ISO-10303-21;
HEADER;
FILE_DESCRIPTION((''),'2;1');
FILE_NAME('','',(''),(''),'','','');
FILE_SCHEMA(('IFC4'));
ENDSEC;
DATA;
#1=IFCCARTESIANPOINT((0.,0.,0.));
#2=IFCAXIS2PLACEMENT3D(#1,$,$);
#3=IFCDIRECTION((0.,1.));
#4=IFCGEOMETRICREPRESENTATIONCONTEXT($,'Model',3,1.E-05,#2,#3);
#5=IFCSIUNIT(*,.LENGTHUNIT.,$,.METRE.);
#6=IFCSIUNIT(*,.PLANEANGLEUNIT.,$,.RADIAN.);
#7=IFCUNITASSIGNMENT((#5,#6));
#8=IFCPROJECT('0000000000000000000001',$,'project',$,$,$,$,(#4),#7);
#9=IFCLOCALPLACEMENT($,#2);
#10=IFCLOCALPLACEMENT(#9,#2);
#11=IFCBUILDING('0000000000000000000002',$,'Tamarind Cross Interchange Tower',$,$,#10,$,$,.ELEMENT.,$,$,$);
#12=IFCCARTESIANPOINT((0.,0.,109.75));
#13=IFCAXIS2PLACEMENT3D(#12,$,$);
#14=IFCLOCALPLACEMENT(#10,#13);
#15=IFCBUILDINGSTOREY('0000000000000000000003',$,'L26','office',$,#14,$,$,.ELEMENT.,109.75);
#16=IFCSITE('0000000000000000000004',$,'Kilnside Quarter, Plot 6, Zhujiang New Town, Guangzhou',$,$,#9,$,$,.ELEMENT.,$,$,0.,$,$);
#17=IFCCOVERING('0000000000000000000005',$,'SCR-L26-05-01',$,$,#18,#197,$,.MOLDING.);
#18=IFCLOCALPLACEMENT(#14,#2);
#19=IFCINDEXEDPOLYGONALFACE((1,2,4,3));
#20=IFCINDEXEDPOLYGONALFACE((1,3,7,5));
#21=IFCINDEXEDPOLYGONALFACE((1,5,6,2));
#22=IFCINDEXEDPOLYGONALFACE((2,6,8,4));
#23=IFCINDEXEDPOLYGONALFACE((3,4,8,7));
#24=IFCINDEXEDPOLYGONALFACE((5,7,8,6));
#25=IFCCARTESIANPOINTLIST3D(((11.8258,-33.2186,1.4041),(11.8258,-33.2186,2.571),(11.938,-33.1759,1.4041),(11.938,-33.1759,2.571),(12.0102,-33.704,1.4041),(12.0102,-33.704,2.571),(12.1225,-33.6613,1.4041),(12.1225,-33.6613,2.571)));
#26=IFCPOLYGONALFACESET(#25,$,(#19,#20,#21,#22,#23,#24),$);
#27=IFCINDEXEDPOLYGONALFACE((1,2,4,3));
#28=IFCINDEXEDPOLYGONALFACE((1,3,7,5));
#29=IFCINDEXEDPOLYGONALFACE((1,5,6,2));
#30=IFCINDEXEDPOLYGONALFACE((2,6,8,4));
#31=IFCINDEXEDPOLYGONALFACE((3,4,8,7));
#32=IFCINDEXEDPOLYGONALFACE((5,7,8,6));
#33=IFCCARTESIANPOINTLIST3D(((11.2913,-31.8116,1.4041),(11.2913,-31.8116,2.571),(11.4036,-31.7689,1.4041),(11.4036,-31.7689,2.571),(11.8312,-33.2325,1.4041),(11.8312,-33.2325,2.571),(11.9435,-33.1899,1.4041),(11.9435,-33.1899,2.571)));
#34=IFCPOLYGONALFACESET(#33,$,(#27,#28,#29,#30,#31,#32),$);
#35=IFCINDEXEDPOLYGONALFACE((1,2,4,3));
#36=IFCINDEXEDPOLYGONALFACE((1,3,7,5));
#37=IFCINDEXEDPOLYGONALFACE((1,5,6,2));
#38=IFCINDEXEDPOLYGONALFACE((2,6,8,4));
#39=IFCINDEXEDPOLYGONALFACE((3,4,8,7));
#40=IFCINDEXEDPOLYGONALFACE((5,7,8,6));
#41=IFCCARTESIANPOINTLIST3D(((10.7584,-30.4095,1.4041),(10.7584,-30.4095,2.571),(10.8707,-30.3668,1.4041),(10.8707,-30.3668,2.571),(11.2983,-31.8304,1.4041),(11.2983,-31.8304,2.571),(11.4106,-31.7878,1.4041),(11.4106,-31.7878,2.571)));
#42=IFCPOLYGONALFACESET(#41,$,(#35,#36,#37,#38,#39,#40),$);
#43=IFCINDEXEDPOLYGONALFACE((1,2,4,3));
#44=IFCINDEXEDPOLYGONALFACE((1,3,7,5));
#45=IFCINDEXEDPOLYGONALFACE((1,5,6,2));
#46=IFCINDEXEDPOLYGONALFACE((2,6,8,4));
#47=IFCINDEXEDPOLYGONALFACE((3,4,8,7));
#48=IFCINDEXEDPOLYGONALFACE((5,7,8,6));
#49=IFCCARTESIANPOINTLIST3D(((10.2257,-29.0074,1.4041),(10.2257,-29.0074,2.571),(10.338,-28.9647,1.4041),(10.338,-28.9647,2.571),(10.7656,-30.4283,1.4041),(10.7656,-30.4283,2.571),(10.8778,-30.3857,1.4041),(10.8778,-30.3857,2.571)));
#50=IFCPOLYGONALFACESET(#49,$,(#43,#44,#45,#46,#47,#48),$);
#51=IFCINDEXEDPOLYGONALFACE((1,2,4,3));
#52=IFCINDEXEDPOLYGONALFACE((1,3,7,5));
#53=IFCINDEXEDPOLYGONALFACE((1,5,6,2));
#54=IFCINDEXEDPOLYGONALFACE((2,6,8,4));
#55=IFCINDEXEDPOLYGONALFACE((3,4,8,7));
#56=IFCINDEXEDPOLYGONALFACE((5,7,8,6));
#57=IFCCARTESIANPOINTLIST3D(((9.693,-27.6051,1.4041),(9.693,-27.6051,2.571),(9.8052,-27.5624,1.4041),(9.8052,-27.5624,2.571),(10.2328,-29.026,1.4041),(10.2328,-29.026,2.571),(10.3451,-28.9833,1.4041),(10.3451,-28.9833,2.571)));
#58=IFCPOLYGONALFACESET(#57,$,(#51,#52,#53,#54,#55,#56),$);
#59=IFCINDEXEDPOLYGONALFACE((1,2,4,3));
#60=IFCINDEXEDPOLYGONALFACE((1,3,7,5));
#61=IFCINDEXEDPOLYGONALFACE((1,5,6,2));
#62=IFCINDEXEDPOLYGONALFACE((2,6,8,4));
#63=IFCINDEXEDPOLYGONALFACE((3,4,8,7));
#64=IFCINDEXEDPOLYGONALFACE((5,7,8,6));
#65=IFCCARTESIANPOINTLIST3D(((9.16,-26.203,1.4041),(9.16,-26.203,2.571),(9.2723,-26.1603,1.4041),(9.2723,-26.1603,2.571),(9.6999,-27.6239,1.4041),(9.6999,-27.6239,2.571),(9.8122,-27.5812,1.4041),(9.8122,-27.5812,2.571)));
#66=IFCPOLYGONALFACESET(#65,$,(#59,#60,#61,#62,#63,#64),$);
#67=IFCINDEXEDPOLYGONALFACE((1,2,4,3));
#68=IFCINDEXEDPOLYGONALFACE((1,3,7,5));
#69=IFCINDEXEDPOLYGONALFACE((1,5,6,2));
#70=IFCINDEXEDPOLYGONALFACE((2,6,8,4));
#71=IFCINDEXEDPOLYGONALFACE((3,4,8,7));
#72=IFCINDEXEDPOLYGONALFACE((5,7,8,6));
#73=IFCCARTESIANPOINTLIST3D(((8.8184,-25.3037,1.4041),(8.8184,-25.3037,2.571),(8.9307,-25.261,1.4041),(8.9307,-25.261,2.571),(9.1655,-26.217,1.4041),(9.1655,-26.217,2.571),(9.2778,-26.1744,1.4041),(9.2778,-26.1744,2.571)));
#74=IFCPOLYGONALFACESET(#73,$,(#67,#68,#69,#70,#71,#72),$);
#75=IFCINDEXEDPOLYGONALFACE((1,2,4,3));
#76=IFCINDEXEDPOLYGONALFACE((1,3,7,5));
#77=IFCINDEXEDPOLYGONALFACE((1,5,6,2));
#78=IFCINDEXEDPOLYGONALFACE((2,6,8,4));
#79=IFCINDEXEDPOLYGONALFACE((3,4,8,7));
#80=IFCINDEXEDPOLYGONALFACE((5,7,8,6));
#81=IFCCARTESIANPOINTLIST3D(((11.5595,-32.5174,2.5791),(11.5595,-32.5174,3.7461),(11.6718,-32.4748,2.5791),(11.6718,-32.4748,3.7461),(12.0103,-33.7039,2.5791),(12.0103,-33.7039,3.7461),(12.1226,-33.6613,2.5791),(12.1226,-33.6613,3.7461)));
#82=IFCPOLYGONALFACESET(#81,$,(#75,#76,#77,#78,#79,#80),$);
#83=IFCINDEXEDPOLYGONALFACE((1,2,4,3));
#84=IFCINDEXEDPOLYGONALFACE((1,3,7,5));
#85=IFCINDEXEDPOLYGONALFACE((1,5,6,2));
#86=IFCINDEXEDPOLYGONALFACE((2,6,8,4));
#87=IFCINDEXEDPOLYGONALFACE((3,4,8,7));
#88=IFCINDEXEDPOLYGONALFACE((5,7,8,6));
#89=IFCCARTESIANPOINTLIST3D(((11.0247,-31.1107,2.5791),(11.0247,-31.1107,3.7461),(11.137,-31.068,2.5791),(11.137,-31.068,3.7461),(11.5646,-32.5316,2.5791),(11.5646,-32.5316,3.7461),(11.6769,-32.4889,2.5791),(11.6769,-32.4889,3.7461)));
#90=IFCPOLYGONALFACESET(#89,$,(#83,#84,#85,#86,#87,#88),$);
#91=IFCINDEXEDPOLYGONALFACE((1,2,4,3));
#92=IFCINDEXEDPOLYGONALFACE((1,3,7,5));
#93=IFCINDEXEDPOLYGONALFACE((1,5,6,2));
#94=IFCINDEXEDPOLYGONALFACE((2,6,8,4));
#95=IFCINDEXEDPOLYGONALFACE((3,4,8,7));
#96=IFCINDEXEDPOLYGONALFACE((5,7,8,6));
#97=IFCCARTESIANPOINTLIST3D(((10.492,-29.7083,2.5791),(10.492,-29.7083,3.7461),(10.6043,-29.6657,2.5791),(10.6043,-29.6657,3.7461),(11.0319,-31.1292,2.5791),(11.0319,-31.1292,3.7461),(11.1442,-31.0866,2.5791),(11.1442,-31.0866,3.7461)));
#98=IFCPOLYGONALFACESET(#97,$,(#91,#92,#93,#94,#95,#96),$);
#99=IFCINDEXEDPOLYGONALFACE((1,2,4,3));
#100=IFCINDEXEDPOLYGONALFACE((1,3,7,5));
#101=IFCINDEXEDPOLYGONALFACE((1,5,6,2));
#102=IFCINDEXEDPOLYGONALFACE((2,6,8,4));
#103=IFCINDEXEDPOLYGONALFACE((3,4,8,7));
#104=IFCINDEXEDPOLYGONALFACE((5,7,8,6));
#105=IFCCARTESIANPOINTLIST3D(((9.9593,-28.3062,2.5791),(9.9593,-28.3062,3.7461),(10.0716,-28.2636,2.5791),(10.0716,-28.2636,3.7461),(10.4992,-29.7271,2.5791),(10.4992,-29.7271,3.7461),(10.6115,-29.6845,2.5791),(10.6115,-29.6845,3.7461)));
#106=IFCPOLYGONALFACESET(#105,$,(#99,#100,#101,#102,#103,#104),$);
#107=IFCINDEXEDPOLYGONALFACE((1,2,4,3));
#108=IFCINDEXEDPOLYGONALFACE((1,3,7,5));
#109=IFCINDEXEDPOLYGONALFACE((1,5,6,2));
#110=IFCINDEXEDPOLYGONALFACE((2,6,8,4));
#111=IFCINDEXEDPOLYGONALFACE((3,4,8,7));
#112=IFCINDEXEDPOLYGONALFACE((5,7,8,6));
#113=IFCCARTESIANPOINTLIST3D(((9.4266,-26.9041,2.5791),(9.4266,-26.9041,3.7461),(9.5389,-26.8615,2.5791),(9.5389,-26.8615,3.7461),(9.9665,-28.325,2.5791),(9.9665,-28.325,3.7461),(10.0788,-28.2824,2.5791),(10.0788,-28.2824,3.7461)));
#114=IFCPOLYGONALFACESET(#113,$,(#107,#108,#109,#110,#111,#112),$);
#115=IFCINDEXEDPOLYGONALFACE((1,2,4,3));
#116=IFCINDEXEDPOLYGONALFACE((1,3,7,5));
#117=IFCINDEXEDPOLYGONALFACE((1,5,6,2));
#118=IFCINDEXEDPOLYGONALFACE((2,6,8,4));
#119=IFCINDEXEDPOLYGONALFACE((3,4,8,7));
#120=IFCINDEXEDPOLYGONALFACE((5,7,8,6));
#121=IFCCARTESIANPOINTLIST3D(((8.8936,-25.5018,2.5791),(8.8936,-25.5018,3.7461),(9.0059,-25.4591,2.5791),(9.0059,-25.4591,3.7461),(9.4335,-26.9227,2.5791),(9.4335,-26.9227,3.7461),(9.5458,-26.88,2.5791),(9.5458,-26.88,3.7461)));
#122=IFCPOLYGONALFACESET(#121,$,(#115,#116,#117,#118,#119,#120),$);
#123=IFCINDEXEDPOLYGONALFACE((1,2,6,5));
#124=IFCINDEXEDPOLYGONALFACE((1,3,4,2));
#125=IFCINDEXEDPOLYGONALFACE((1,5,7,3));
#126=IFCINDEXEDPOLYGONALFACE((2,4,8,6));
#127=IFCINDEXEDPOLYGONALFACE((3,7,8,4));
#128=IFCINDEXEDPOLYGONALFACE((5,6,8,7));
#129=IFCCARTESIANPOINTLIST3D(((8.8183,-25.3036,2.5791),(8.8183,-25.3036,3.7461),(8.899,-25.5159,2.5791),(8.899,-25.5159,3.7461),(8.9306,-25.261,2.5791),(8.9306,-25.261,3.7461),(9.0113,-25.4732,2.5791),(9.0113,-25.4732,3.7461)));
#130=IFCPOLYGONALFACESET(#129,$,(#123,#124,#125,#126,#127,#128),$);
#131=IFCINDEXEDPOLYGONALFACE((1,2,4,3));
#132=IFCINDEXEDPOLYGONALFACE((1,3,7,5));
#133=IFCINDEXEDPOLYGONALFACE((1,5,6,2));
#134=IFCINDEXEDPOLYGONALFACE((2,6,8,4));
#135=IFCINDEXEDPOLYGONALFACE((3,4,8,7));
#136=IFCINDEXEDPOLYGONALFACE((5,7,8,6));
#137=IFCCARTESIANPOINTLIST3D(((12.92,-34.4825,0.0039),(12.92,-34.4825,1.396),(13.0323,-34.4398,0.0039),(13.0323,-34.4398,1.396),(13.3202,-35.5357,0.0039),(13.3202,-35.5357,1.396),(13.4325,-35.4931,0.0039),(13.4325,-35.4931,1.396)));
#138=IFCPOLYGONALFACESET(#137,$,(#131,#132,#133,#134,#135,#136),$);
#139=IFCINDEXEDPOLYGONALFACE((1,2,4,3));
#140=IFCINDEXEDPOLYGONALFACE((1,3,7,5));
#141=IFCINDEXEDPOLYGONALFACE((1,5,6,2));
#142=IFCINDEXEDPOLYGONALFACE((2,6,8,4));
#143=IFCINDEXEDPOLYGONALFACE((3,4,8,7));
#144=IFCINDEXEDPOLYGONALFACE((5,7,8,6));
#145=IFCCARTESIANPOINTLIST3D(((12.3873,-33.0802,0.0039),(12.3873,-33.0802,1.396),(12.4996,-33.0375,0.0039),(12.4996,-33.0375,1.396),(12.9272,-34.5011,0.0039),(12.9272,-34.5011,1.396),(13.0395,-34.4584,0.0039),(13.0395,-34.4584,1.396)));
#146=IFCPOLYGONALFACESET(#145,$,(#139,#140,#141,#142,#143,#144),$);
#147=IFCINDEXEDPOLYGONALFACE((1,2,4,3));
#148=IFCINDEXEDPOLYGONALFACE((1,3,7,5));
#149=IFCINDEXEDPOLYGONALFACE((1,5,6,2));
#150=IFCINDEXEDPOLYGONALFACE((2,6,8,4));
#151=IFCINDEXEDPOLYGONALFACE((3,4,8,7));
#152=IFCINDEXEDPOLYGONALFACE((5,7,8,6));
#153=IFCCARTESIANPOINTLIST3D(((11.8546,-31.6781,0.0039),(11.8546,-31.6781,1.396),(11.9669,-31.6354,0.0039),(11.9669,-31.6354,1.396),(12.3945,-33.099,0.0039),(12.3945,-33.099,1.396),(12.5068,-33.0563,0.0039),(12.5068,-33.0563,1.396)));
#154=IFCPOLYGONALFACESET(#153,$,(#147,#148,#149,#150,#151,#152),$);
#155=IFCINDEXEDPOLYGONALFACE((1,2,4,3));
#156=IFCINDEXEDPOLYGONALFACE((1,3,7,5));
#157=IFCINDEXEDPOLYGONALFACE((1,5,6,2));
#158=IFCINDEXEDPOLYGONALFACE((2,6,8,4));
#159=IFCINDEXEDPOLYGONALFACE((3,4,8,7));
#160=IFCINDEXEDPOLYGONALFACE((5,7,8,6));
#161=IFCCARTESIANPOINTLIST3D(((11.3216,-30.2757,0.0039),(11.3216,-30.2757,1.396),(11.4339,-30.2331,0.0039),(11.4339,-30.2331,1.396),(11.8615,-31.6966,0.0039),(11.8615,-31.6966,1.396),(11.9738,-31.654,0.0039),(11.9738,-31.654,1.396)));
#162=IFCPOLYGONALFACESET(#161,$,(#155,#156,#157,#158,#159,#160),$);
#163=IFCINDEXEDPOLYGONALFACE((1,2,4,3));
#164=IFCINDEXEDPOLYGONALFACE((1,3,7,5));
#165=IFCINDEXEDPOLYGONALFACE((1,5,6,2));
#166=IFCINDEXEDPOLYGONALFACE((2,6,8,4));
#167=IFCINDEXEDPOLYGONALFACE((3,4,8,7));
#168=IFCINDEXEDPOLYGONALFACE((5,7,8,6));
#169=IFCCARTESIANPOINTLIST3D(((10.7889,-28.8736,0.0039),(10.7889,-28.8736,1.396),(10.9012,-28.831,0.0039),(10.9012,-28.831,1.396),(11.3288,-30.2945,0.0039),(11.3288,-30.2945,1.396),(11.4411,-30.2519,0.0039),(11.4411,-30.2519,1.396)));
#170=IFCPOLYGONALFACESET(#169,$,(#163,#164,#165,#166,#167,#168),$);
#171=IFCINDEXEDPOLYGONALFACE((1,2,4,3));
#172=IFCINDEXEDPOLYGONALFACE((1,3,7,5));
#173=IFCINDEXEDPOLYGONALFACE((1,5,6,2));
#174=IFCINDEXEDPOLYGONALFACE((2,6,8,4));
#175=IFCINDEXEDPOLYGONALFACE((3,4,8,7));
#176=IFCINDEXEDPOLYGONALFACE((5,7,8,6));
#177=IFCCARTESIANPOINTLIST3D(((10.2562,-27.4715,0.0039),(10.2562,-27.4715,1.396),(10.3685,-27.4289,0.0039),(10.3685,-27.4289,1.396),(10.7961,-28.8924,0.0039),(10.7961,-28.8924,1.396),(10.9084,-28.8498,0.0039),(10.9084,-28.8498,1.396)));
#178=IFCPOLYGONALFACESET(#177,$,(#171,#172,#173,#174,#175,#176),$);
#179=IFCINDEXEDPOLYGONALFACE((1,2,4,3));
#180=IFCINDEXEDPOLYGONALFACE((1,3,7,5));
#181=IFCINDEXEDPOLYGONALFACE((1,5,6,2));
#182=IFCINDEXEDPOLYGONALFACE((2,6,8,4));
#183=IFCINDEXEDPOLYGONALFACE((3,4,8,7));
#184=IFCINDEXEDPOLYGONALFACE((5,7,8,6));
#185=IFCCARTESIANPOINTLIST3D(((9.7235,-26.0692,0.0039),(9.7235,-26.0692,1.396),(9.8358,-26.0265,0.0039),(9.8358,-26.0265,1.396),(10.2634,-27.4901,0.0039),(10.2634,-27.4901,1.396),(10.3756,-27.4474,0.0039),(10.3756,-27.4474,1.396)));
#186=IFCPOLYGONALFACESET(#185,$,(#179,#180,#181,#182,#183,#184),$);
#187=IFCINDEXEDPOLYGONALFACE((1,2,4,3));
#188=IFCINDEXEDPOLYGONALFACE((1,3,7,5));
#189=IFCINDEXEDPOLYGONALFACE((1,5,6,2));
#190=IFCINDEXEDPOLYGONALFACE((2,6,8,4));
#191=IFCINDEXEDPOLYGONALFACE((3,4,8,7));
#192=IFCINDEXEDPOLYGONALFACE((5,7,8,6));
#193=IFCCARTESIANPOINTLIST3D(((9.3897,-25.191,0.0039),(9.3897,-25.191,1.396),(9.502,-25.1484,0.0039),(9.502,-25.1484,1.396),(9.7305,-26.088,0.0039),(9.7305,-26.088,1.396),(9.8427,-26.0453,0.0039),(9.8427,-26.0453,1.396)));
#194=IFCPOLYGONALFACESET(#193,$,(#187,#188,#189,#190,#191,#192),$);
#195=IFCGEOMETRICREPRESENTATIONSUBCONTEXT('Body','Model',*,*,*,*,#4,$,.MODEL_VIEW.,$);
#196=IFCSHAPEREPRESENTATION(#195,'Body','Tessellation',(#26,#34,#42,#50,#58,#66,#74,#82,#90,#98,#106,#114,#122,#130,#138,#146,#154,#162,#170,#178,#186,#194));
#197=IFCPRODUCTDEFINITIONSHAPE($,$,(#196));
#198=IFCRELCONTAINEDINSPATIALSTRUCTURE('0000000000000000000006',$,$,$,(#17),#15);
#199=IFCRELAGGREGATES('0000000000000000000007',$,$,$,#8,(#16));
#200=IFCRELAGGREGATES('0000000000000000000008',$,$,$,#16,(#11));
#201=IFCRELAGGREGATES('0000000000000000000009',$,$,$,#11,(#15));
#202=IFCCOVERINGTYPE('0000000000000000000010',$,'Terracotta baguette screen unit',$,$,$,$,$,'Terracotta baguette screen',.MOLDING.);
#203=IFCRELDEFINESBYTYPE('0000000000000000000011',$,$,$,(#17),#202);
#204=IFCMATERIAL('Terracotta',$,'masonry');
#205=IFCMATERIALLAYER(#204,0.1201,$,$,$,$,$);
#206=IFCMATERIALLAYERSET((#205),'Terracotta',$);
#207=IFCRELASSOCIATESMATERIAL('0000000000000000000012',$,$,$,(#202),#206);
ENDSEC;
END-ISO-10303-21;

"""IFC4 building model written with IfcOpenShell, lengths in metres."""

from ifc_helpers import new_model, si_unit, direction, frame, origin, origin_2d, place, context, subcontext, project, spatial, rectangle, extrude, material, layer, layer_set, type_object, element, save


model = new_model("IFC4")

# Units and contexts
model_context = context("Model", 3, precision=1e-05, world=origin(), true_north=direction((0.0, 1.0)))
body_context = subcontext(model_context, "Body", "Model", "MODEL_VIEW")
ifc_project = project(units=[si_unit("LENGTHUNIT", "METRE"), si_unit("PLANEANGLEUNIT", "RADIAN")], contexts=[model_context])

# Site, building, storey
site_placement = place(None, origin())
site = spatial("IfcSite", under=ifc_project, at=site_placement, Name="Kilnside Quarter, Plot 6, Zhujiang New Town, Guangzhou", CompositionType="ELEMENT", RefElevation=0.0)
building_placement = place(site_placement, origin())
building = spatial("IfcBuilding", under=site, at=building_placement, Name="Tamarind Cross Interchange Tower", CompositionType="ELEMENT")
storey_placement = place(building_placement, frame((0.0, 0.0, 109.75)))
storey = spatial("IfcBuildingStorey", under=building, at=storey_placement, Name="L26", Description="office", CompositionType="ELEMENT", Elevation=109.75)

# Covering
ifc_material_1 = material(Name="Terracotta", Category="masonry")
ifc_layer_1 = layer(ifc_material_1, 0.1201)
ifc_layer_set_1 = layer_set([ifc_layer_1], Name="Terracotta")
covering_type = type_object("IfcCoveringType", Name="Terracotta baguette screen unit", ElementType="Terracotta baguette screen", PredefinedType="MOLDING", material=ifc_layer_set_1)
covering_1_placement = place(storey_placement, origin())
element("IfcCovering", 1, at=covering_1_placement, inside=storey, type_object=covering_type, Name="SCR-L26-05-01", PredefinedType="MOLDING", context=body_context, shape_type="SweptSolid", body=[
    extrude(rectangle(XDim=0.5193, YDim=0.1201, at=origin_2d()), frame((11.9741, -33.4399, 1.4041), z_axis=(0.0, 0.0, 1.0), x_axis=(-0.355186, 0.934796, 0.0)), (0.0, 0.0, 1.0), 1.167),
    extrude(rectangle(XDim=1.52, YDim=0.1201, at=origin_2d()), frame((11.6174, -32.5007, 1.4041), z_axis=(0.0, 0.0, 1.0), x_axis=(-0.355186, 0.934796, 0.0)), (0.0, 0.0, 1.0), 1.167),
    extrude(rectangle(XDim=1.52, YDim=0.1201, at=origin_2d()), frame((11.0845, -31.0986, 1.4041), z_axis=(0.0, 0.0, 1.0), x_axis=(-0.355186, 0.934796, 0.0)), (0.0, 0.0, 1.0), 1.167),
    extrude(rectangle(XDim=1.52, YDim=0.1201, at=origin_2d()), frame((10.5518, -29.6965, 1.4041), z_axis=(0.0, 0.0, 1.0), x_axis=(-0.355186, 0.934796, 0.0)), (0.0, 0.0, 1.0), 1.167),
    extrude(rectangle(XDim=1.52, YDim=0.1201, at=origin_2d()), frame((10.019, -28.2942, 1.4041), z_axis=(0.0, 0.0, 1.0), x_axis=(-0.355186, 0.934796, 0.0)), (0.0, 0.0, 1.0), 1.167),
    extrude(rectangle(XDim=1.52, YDim=0.1201, at=origin_2d()), frame((9.4861, -26.8921, 1.4041), z_axis=(0.0, 0.0, 1.0), x_axis=(-0.355186, 0.934796, 0.0)), (0.0, 0.0, 1.0), 1.167),
    extrude(rectangle(XDim=0.9771, YDim=0.1201, at=origin_2d()), frame((9.0481, -25.739, 1.4041), z_axis=(0.0, 0.0, 1.0), x_axis=(-0.355186, 0.934796, 0.0)), (0.0, 0.0, 1.0), 1.167),
    extrude(rectangle(XDim=1.2693, YDim=0.1201, at=origin_2d()), frame((11.8411, -33.0894, 2.5791), z_axis=(0.0, 0.0, 1.0), x_axis=(-0.355186, 0.934796, 0.0)), (0.0, 0.0, 1.0), 1.167),
    extrude(rectangle(XDim=1.52, YDim=0.1201, at=origin_2d()), frame((11.3508, -31.7998, 2.5791), z_axis=(0.0, 0.0, 1.0), x_axis=(-0.355186, 0.934796, 0.0)), (0.0, 0.0, 1.0), 1.167),
    extrude(rectangle(XDim=1.52, YDim=0.1201, at=origin_2d()), frame((10.8181, -30.3975, 2.5791), z_axis=(0.0, 0.0, 1.0), x_axis=(-0.355186, 0.934796, 0.0)), (0.0, 0.0, 1.0), 1.167),
    extrude(rectangle(XDim=1.52, YDim=0.1201, at=origin_2d()), frame((10.2854, -28.9954, 2.5791), z_axis=(0.0, 0.0, 1.0), x_axis=(-0.355186, 0.934796, 0.0)), (0.0, 0.0, 1.0), 1.167),
    extrude(rectangle(XDim=1.52, YDim=0.1201, at=origin_2d()), frame((9.7527, -27.5933, 2.5791), z_axis=(0.0, 0.0, 1.0), x_axis=(-0.355186, 0.934796, 0.0)), (0.0, 0.0, 1.0), 1.167),
    extrude(rectangle(XDim=1.52, YDim=0.1201, at=origin_2d()), frame((9.2197, -26.1909, 2.5791), z_axis=(0.0, 0.0, 1.0), x_axis=(-0.355186, 0.934796, 0.0)), (0.0, 0.0, 1.0), 1.167),
    extrude(rectangle(XDim=0.2271, YDim=0.1201, at=origin_2d()), frame((8.9148, -25.3884, 2.5791), z_axis=(0.0, 0.0, 1.0), x_axis=(-0.355186, 0.934796, 0.0)), (0.0, 0.0, 1.0), 1.167),
    extrude(rectangle(XDim=1.1267, YDim=0.1201, at=origin_2d()), frame((13.1763, -34.9878, 0.0039), z_axis=(0.0, 0.0, 1.0), x_axis=(-0.355186, 0.934796, 0.0)), (0.0, 0.0, 1.0), 1.3921),
    extrude(rectangle(XDim=1.52, YDim=0.1201, at=origin_2d()), frame((12.7134, -33.7693, 0.0039), z_axis=(0.0, 0.0, 1.0), x_axis=(-0.355186, 0.934796, 0.0)), (0.0, 0.0, 1.0), 1.3921),
    extrude(rectangle(XDim=1.52, YDim=0.1201, at=origin_2d()), frame((12.1807, -32.3672, 0.0039), z_axis=(0.0, 0.0, 1.0), x_axis=(-0.355186, 0.934796, 0.0)), (0.0, 0.0, 1.0), 1.3921),
    extrude(rectangle(XDim=1.52, YDim=0.1201, at=origin_2d()), frame((11.6477, -30.9648, 0.0039), z_axis=(0.0, 0.0, 1.0), x_axis=(-0.355186, 0.934796, 0.0)), (0.0, 0.0, 1.0), 1.3921),
    extrude(rectangle(XDim=1.52, YDim=0.1201, at=origin_2d()), frame((11.115, -29.5627, 0.0039), z_axis=(0.0, 0.0, 1.0), x_axis=(-0.355186, 0.934796, 0.0)), (0.0, 0.0, 1.0), 1.3921),
    extrude(rectangle(XDim=1.52, YDim=0.1201, at=origin_2d()), frame((10.5823, -28.1606, 0.0039), z_axis=(0.0, 0.0, 1.0), x_axis=(-0.355186, 0.934796, 0.0)), (0.0, 0.0, 1.0), 1.3921),
    extrude(rectangle(XDim=1.52, YDim=0.1201, at=origin_2d()), frame((10.0496, -26.7583, 0.0039), z_axis=(0.0, 0.0, 1.0), x_axis=(-0.355186, 0.934796, 0.0)), (0.0, 0.0, 1.0), 1.3921),
    extrude(rectangle(XDim=0.9595, YDim=0.1201, at=origin_2d()), frame((9.6162, -25.6182, 0.0039), z_axis=(0.0, 0.0, 1.0), x_axis=(-0.355186, 0.934796, 0.0)), (0.0, 0.0, 1.0), 1.3921),
])

save(model, "model.ifc")
